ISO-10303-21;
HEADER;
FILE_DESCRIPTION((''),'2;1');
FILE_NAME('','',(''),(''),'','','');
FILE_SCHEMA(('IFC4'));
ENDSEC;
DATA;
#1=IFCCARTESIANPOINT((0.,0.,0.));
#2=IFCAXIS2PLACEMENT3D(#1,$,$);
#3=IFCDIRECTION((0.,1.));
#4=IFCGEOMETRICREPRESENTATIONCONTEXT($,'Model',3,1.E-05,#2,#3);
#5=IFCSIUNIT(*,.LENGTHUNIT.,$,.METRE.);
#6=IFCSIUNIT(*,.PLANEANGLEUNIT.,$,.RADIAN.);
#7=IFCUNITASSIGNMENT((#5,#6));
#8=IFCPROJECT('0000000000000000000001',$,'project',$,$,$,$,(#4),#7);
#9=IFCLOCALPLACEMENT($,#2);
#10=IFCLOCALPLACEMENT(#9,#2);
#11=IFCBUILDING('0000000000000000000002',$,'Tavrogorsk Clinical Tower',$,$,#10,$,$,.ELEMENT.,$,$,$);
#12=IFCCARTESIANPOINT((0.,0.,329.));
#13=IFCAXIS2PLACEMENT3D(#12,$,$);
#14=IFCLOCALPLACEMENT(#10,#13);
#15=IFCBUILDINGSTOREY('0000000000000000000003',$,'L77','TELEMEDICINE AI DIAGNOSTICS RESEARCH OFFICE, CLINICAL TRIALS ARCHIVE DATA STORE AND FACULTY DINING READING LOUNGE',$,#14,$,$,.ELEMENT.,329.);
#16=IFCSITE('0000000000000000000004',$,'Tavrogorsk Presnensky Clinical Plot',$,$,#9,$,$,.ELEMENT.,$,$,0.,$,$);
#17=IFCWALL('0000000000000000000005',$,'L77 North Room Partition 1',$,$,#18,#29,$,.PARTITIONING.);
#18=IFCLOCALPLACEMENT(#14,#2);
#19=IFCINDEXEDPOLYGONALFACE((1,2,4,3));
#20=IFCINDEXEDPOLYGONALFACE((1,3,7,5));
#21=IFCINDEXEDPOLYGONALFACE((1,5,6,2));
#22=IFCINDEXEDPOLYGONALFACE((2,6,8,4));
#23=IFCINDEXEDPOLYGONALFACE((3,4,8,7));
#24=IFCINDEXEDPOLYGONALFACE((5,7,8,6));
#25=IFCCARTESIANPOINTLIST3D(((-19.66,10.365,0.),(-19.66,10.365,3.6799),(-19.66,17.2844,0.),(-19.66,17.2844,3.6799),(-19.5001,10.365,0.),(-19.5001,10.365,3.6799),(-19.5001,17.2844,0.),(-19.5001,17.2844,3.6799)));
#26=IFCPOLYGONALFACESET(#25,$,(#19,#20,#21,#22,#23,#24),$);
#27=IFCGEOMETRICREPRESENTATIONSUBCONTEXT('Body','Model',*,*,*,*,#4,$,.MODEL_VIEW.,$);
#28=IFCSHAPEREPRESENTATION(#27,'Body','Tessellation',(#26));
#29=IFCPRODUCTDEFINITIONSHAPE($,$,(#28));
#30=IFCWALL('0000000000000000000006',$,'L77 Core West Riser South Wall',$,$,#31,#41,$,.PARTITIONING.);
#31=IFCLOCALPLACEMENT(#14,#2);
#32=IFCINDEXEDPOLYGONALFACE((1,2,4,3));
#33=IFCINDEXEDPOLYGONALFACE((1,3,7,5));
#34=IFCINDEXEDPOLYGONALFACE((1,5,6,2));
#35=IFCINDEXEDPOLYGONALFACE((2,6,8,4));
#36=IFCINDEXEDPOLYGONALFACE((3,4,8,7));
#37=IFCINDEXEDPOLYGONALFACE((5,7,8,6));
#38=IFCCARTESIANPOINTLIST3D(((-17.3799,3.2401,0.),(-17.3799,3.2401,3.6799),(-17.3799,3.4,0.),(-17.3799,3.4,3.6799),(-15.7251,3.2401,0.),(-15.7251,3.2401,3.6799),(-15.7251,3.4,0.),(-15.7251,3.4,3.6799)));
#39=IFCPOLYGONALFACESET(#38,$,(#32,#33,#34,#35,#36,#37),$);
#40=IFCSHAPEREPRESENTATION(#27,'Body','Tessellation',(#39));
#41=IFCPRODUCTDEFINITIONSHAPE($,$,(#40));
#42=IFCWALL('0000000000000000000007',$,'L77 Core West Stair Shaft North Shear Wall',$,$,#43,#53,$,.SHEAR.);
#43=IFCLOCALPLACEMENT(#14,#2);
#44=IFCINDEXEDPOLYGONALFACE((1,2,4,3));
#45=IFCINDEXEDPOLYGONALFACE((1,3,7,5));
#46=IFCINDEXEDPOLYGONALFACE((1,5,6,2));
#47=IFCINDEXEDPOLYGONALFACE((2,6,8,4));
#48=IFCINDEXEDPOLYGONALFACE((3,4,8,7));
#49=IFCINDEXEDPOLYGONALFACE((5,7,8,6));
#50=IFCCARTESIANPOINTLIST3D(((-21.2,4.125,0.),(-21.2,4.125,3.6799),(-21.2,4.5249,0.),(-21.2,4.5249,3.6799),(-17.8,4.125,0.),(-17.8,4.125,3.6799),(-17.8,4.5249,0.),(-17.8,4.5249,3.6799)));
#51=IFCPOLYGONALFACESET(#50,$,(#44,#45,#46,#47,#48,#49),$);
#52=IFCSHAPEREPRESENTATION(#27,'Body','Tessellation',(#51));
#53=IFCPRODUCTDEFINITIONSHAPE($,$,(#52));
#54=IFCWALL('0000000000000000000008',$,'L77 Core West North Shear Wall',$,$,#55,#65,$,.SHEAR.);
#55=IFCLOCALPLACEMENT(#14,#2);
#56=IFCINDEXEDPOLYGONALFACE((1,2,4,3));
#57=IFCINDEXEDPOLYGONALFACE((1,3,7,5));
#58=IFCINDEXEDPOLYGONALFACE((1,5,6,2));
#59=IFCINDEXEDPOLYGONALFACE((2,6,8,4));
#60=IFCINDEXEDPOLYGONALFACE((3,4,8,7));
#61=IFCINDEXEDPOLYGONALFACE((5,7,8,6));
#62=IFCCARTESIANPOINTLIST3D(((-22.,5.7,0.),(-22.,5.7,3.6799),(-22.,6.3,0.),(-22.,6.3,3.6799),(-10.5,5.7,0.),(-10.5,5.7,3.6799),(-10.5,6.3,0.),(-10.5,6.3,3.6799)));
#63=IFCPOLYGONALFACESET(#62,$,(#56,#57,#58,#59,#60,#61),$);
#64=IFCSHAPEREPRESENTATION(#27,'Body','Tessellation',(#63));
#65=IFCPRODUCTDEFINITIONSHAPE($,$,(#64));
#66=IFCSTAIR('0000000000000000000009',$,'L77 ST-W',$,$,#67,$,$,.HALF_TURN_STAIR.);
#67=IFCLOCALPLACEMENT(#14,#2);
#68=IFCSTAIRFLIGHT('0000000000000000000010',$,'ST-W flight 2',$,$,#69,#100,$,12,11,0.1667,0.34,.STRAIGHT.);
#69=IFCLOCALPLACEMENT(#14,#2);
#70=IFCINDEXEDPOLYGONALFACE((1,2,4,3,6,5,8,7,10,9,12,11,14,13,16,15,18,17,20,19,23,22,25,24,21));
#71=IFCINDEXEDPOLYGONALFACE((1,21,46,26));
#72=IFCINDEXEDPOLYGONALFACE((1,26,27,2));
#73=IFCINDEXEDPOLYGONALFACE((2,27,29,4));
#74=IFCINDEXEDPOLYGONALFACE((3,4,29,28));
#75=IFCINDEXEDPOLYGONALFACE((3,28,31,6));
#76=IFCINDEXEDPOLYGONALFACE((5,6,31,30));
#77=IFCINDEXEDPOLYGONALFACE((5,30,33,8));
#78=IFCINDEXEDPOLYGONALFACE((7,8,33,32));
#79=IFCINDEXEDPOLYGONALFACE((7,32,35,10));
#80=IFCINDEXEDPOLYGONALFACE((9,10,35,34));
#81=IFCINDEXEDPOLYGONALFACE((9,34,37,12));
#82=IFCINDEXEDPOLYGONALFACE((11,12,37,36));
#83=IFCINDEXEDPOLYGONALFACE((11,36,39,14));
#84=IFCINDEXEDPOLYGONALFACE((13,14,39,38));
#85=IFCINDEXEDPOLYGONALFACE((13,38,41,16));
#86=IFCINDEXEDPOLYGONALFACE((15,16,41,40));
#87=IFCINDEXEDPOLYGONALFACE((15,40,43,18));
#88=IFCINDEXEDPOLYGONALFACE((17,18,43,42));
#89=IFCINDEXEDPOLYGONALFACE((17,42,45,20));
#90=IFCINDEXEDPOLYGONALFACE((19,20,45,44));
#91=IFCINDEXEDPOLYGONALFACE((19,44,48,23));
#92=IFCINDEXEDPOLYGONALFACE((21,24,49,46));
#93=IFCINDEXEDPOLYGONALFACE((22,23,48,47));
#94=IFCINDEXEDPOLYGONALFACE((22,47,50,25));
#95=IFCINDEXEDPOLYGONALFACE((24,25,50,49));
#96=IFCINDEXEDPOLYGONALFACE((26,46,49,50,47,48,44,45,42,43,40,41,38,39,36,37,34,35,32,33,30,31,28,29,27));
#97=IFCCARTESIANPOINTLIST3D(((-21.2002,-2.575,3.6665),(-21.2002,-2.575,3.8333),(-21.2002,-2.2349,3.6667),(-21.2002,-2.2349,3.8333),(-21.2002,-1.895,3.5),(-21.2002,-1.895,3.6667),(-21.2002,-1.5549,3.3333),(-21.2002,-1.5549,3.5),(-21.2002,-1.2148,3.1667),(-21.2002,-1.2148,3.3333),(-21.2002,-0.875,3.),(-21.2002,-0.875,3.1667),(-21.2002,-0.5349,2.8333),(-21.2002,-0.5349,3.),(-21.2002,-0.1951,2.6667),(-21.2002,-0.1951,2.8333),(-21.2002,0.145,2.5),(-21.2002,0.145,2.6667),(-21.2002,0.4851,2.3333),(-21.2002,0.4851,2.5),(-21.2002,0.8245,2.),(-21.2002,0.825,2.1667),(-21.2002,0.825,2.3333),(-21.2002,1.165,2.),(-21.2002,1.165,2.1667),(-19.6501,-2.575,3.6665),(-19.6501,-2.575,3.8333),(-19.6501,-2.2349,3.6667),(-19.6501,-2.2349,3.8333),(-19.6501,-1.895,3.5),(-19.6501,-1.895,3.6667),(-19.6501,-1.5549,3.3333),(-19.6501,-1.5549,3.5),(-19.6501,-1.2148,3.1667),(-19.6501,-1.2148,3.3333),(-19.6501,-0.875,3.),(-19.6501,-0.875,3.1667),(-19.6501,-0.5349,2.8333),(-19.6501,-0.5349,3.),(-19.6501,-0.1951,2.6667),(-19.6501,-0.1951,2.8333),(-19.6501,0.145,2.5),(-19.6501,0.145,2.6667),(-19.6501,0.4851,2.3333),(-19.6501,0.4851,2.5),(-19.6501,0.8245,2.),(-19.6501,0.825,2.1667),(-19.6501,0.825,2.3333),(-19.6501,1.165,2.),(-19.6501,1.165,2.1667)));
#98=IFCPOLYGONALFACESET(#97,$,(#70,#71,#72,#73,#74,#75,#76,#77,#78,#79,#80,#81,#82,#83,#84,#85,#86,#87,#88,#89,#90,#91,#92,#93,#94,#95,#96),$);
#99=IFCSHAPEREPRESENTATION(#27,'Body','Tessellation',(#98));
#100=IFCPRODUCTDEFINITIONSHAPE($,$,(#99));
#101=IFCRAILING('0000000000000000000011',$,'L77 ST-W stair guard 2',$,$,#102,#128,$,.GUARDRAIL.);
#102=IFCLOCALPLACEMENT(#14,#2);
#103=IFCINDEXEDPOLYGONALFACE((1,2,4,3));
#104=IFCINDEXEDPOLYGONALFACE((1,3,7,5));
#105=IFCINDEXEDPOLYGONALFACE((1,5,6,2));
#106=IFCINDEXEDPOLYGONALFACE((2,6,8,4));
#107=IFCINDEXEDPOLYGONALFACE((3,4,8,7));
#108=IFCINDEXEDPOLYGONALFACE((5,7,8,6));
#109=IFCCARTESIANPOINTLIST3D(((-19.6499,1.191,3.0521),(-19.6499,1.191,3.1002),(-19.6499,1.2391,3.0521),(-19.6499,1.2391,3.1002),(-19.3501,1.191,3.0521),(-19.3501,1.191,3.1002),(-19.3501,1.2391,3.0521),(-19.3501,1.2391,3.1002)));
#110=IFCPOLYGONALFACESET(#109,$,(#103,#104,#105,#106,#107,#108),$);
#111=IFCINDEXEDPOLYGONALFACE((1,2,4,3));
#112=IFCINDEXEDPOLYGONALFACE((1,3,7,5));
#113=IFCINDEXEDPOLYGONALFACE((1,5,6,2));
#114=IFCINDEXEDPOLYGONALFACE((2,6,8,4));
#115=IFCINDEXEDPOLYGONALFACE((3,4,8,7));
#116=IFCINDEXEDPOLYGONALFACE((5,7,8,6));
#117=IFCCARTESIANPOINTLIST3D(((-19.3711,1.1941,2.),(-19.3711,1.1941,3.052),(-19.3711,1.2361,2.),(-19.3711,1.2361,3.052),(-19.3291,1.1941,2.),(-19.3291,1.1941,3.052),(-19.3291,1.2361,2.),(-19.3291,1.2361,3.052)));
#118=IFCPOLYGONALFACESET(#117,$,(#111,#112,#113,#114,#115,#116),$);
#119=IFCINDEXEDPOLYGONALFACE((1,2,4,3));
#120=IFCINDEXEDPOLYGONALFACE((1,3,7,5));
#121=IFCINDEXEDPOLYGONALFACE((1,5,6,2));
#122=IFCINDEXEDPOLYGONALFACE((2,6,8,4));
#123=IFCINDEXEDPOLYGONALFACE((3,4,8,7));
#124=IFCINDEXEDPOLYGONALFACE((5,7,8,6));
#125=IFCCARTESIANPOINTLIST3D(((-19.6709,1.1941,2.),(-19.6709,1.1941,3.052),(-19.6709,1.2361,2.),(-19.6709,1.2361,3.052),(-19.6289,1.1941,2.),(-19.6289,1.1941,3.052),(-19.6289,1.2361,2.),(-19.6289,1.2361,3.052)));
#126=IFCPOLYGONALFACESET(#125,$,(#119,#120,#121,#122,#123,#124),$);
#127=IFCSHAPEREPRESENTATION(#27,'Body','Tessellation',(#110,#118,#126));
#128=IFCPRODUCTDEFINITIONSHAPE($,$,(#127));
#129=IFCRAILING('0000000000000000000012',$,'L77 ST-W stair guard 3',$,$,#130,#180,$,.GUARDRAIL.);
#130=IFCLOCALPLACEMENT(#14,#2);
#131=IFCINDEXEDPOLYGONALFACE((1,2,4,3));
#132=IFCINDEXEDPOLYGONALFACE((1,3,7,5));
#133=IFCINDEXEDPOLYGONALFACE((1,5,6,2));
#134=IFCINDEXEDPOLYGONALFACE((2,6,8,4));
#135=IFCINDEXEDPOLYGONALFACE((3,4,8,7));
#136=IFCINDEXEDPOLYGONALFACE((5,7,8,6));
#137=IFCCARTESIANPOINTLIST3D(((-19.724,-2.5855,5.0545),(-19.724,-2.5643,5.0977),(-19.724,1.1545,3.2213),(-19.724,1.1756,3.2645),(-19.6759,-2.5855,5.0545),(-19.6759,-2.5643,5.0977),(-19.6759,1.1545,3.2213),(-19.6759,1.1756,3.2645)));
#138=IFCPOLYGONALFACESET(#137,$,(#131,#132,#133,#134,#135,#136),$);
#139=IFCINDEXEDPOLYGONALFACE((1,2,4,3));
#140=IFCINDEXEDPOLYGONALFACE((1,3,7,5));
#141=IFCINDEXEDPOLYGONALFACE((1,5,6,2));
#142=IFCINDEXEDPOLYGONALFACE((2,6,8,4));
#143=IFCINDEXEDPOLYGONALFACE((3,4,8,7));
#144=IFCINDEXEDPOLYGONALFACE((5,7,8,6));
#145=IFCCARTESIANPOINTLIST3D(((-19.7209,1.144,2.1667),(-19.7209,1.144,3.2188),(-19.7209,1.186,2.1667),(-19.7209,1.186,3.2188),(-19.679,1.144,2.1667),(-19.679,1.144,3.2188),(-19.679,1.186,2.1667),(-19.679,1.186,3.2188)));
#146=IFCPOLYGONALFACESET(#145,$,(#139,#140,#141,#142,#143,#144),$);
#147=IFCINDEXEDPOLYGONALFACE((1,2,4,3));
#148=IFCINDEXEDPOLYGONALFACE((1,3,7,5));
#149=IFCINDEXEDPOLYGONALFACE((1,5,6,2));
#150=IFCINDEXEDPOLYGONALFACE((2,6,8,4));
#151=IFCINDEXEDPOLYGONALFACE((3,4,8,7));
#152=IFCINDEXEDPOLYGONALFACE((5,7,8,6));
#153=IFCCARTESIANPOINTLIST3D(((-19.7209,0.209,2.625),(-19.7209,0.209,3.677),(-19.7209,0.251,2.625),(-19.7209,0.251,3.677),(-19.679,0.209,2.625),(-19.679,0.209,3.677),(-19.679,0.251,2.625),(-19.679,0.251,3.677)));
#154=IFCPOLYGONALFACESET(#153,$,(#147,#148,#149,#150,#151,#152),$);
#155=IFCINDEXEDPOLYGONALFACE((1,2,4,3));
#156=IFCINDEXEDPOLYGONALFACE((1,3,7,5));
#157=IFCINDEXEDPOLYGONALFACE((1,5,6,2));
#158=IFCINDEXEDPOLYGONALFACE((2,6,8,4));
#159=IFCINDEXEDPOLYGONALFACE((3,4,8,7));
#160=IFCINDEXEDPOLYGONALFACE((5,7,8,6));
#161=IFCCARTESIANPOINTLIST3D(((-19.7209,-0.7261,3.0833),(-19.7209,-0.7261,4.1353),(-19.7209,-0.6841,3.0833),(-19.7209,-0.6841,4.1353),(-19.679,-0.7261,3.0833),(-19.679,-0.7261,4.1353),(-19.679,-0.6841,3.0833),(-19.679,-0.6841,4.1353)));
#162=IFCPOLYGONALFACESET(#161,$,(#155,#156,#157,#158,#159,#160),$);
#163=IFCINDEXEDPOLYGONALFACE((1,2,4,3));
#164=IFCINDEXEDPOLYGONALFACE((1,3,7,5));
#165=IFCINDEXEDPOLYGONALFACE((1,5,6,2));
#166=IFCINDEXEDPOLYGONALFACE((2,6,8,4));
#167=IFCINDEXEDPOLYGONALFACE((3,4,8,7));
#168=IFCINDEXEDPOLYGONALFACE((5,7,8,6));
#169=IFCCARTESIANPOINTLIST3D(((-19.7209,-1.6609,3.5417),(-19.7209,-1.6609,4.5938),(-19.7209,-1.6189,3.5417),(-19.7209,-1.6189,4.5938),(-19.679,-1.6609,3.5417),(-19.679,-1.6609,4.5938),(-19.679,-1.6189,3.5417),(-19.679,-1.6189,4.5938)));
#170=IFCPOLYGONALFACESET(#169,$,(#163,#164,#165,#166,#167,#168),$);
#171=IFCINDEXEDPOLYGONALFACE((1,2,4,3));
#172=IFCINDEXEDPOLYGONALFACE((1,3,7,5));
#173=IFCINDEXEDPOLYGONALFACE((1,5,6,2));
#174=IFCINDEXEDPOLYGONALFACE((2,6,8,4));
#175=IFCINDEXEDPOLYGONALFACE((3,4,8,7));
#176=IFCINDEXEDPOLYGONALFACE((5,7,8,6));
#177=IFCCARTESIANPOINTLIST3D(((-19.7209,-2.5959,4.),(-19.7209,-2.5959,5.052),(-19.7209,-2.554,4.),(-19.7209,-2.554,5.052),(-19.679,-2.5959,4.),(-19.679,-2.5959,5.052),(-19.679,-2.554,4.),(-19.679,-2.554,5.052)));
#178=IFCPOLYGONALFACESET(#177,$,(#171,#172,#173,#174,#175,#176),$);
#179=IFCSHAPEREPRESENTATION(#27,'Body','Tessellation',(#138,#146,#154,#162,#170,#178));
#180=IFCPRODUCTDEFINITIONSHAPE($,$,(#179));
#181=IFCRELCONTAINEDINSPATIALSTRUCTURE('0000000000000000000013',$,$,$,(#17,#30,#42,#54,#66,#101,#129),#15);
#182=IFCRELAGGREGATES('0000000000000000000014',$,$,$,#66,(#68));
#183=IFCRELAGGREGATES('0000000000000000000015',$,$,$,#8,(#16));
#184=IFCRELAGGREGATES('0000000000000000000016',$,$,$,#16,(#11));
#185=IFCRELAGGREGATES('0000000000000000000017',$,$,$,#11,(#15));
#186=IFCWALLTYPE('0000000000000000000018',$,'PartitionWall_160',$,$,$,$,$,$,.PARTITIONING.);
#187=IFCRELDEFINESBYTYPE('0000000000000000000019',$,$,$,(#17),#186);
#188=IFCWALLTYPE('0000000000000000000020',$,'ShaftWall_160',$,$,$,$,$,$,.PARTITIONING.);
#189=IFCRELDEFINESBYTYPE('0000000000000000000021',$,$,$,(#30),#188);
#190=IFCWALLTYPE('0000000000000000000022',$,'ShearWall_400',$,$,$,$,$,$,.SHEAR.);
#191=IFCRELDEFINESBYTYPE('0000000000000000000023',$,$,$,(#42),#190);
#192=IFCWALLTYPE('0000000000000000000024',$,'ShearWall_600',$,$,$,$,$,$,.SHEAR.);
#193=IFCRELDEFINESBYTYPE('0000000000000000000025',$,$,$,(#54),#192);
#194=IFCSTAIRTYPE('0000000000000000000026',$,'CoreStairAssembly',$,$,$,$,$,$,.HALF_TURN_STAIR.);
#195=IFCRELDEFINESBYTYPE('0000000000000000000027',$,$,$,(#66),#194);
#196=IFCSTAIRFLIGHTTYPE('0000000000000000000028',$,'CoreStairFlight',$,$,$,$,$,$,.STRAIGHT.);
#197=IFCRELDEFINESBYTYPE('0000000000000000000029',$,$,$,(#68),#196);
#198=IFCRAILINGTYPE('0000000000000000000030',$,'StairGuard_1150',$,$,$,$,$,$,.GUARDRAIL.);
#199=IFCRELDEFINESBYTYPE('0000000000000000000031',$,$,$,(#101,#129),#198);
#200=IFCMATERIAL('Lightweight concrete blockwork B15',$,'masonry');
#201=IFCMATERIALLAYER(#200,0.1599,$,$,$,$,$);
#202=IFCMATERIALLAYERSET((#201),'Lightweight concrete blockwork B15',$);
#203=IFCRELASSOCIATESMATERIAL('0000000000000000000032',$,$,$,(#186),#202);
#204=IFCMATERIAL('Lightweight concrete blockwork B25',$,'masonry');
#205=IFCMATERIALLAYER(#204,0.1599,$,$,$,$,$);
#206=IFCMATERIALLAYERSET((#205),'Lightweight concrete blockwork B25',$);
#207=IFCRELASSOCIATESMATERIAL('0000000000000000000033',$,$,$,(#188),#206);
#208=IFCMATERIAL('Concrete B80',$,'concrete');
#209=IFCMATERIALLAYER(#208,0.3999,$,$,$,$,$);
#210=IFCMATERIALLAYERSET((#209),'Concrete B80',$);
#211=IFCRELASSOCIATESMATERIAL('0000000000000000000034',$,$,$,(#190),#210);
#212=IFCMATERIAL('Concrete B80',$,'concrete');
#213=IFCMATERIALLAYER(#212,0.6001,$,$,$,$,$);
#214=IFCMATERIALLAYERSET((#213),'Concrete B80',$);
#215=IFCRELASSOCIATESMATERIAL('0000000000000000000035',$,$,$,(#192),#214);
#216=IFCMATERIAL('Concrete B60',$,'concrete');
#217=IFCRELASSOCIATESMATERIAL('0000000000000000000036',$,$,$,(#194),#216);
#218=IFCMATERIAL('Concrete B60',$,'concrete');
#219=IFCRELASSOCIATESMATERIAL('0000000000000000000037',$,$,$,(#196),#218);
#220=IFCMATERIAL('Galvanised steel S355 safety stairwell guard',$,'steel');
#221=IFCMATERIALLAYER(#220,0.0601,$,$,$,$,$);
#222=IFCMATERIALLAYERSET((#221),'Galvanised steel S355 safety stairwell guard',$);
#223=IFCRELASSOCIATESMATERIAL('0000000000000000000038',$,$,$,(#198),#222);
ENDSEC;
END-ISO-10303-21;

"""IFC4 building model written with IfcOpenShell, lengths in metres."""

from ifc_helpers import new_model, si_unit, direction, frame, frame_2d, origin, origin_2d, place, context, subcontext, project, spatial, polyline, rectangle, outline, extrude, material, layer, layer_set, type_object, element, aggregate, save


model = new_model("IFC4")

# Units and contexts
model_context = context("Model", 3, precision=1e-05, world=origin(), true_north=direction((0.0, 1.0)))
body_context = subcontext(model_context, "Body", "Model", "MODEL_VIEW")
ifc_project = project(units=[si_unit("LENGTHUNIT", "METRE"), si_unit("PLANEANGLEUNIT", "RADIAN")], contexts=[model_context])

# Site, building, storey
site_placement = place(None, origin())
site = spatial("IfcSite", under=ifc_project, at=site_placement, Name="Tavrogorsk Presnensky Clinical Plot", CompositionType="ELEMENT", RefElevation=0.0)
building_placement = place(site_placement, origin())
building = spatial("IfcBuilding", under=site, at=building_placement, Name="Tavrogorsk Clinical Tower", CompositionType="ELEMENT")
storey_placement = place(building_placement, frame((0.0, 0.0, 329.0)))
storey = spatial("IfcBuildingStorey", under=building, at=storey_placement, Name="L77", Description="TELEMEDICINE AI DIAGNOSTICS RESEARCH OFFICE, CLINICAL TRIALS ARCHIVE DATA STORE AND FACULTY DINING READING LOUNGE", CompositionType="ELEMENT", Elevation=329.0)

# Shared definitions
ifc_material_1 = material(Name="Lightweight concrete blockwork B15", Category="masonry")
ifc_layer_1 = layer(ifc_material_1, 0.1599)
ifc_layer_set_1 = layer_set([ifc_layer_1], Name="Lightweight concrete blockwork B15")
wall_type_1 = type_object("IfcWallType", Name="PartitionWall_160", PredefinedType="PARTITIONING", material=ifc_layer_set_1)

# Walls
wall_1_placement = place(storey_placement, frame((-19.5801, 10.365, 0.0), z_axis=(0.0, 0.0, 1.0), x_axis=(0.0, 1.0, 0.0)))
element("IfcWall", 1, at=wall_1_placement, inside=storey, type_object=wall_type_1, Name="L77 North Room Partition 1", PredefinedType="PARTITIONING", context=body_context, shape_type="SweptSolid", body=[
    extrude(rectangle(XDim=6.9194, YDim=0.1599, at=frame_2d((3.4597, 0.0))), origin(), (0.0, 0.0, 1.0), 3.6799),
])
ifc_material_2 = material(Name="Lightweight concrete blockwork B25", Category="masonry")
ifc_layer_2 = layer(ifc_material_2, 0.1599)
ifc_layer_set_2 = layer_set([ifc_layer_2], Name="Lightweight concrete blockwork B25")
wall_type_2 = type_object("IfcWallType", Name="ShaftWall_160", PredefinedType="PARTITIONING", material=ifc_layer_set_2)
wall_2_placement = place(storey_placement, frame((-17.3799, 3.3201, 0.0), z_axis=(0.0, 0.0, 1.0), x_axis=(1.0, 0.0, 0.0)))
element("IfcWall", 2, at=wall_2_placement, inside=storey, type_object=wall_type_2, Name="L77 Core West Riser South Wall", PredefinedType="PARTITIONING", context=body_context, shape_type="SweptSolid", body=[
    extrude(rectangle(XDim=1.6548, YDim=0.1599, at=frame_2d((0.8274, 0.0))), origin(), (0.0, 0.0, 1.0), 3.6799),
])
ifc_material_3 = material(Name="Concrete B80", Category="concrete")
ifc_layer_3 = layer(ifc_material_3, 0.3999)
ifc_layer_set_3 = layer_set([ifc_layer_3], Name="Concrete B80")
wall_type_3 = type_object("IfcWallType", Name="ShearWall_400", PredefinedType="SHEAR", material=ifc_layer_set_3)
wall_3_placement = place(storey_placement, frame((-21.2, 4.325, 0.0), z_axis=(0.0, 0.0, 1.0), x_axis=(1.0, 0.0, 0.0)))
element("IfcWall", 3, at=wall_3_placement, inside=storey, type_object=wall_type_3, Name="L77 Core West Stair Shaft North Shear Wall", PredefinedType="SHEAR", context=body_context, shape_type="SweptSolid", body=[
    extrude(rectangle(XDim=3.3999, YDim=0.3999, at=frame_2d((1.7, 0.0))), origin(), (0.0, 0.0, 1.0), 3.6799),
])
ifc_material_4 = material(Name="Concrete B80", Category="concrete")
ifc_layer_4 = layer(ifc_material_4, 0.6001)
ifc_layer_set_4 = layer_set([ifc_layer_4], Name="Concrete B80")
wall_type_4 = type_object("IfcWallType", Name="ShearWall_600", PredefinedType="SHEAR", material=ifc_layer_set_4)
wall_4_placement = place(storey_placement, frame((-22.0, 6.0, 0.0), z_axis=(0.0, 0.0, 1.0), x_axis=(1.0, 0.0, 0.0)))
element("IfcWall", 4, at=wall_4_placement, inside=storey, type_object=wall_type_4, Name="L77 Core West North Shear Wall", PredefinedType="SHEAR", context=body_context, shape_type="SweptSolid", body=[
    extrude(rectangle(XDim=11.5, YDim=0.6001, at=frame_2d((5.75, 0.0))), origin(), (0.0, 0.0, 1.0), 3.6799),
])

# Stair, stair flight
ifc_material_5 = material(Name="Concrete B60", Category="concrete")
stair_type = type_object("IfcStairType", Name="CoreStairAssembly", PredefinedType="HALF_TURN_STAIR", material=ifc_material_5)
stair_placement = place(storey_placement, origin())
stair = element("IfcStair", 5, at=stair_placement, inside=storey, type_object=stair_type, Name="L77 ST-W", PredefinedType="HALF_TURN_STAIR")
ifc_material_6 = material(Name="Concrete B60", Category="concrete")
stair_flight_type = type_object("IfcStairFlightType", Name="CoreStairFlight", PredefinedType="STRAIGHT", material=ifc_material_6)
stair_flight_placement = place(storey_placement, frame((-20.425, 1.165, 2.0), z_axis=(0.0, 0.0, 1.0), x_axis=(0.0, -1.0, 0.0)))
stair_flight = element("IfcStairFlight", 6, at=stair_flight_placement, type_object=stair_flight_type, Name="ST-W flight 2", NumberOfRisers=12, NumberOfTreads=11, PredefinedType="STRAIGHT", RiserHeight=0.1667, TreadLength=0.34, context=body_context, shape_type="SweptSolid", body=[
    extrude(outline(polyline([(0.0, 0.0), (0.0, 0.1667), (0.3401, 0.1667), (0.3401, 0.3333), (0.6799, 0.3333), (0.6799, 0.5), (1.02, 0.5), (1.02, 0.6667), (1.3601, 0.6667), (1.3601, 0.8333), (1.7, 0.8333), (1.7, 1.0), (2.04, 1.0), (2.04, 1.1667), (2.3799, 1.1667), (2.3799, 1.3333), (2.72, 1.3333), (2.72, 1.5), (3.0601, 1.5), (3.0601, 1.6667), (3.3999, 1.6667), (3.3999, 1.8333), (3.74, 1.8333), (3.74, 2.0), (3.74, 1.6665), (0.3406, 0.0), (0.0, 0.0)])), frame((0.0, 0.7749, 0.0), z_axis=(0.0, -1.0, 0.0), x_axis=(1.0, 0.0, 0.0)), (0.0, 0.0, 1.0), 1.55),
])
aggregate(stair, [stair_flight])

# Railings
ifc_material_7 = material(Name="Galvanised steel S355 safety stairwell guard", Category="steel")
ifc_layer_5 = layer(ifc_material_7, 0.0601)
ifc_layer_set_5 = layer_set([ifc_layer_5], Name="Galvanised steel S355 safety stairwell guard")
railing_type_1 = type_object("IfcRailingType", Name="StairGuard_1150", PredefinedType="GUARDRAIL", material=ifc_layer_set_5)
railing_1_placement = place(storey_placement, frame((-19.3501, 1.2151, 2.0)))
element("IfcRailing", 7, at=railing_1_placement, inside=storey, type_object=railing_type_1, Name="L77 ST-W stair guard 2", PredefinedType="GUARDRAIL", context=body_context, shape_type="SweptSolid", body=[
    extrude(rectangle(XDim=0.0481, YDim=0.0481, at=origin_2d()), frame((0.0, 0.0, 1.0762), z_axis=(-1.0, 0.0, 0.0), x_axis=(0.0, -1.0, 0.0)), (0.0, 0.0, 1.0), 0.2998),
    extrude(rectangle(XDim=0.042, YDim=0.042, at=origin_2d()), origin(), (0.0, 0.0, 1.0), 1.052),
    extrude(rectangle(XDim=0.042, YDim=0.042, at=origin_2d()), frame((-0.2998, 0.0, 0.0)), (0.0, 0.0, 1.0), 1.052),
])
railing_2_placement = place(storey_placement, frame((-19.7, 1.165, 2.1667)))
element("IfcRailing", 8, at=railing_2_placement, inside=storey, type_object=railing_type_1, Name="L77 ST-W stair guard 3", PredefinedType="GUARDRAIL", context=body_context, shape_type="SweptSolid", body=[
    extrude(rectangle(XDim=0.0481, YDim=0.0481, at=origin_2d()), frame((0.0, 0.0, 1.0762), z_axis=(0.0, -0.897928, 0.440142), x_axis=(1.0, 0.0, 0.0)), (0.0, 0.0, 1.0), 4.165),
    extrude(rectangle(XDim=0.042, YDim=0.042, at=origin_2d()), origin(), (0.0, 0.0, 1.0), 1.052),
    extrude(rectangle(XDim=0.042, YDim=0.042, at=origin_2d()), frame((0.0, -0.9351, 0.4583)), (0.0, 0.0, 1.0), 1.052),
    extrude(rectangle(XDim=0.042, YDim=0.042, at=origin_2d()), frame((0.0, -1.8701, 0.9165)), (0.0, 0.0, 1.0), 1.052),
    extrude(rectangle(XDim=0.042, YDim=0.042, at=origin_2d()), frame((0.0, -2.8049, 1.375)), (0.0, 0.0, 1.0), 1.052),
    extrude(rectangle(XDim=0.042, YDim=0.042, at=origin_2d()), frame((0.0, -3.74, 1.8333)), (0.0, 0.0, 1.0), 1.052),
])

save(model, "model.ifc")
